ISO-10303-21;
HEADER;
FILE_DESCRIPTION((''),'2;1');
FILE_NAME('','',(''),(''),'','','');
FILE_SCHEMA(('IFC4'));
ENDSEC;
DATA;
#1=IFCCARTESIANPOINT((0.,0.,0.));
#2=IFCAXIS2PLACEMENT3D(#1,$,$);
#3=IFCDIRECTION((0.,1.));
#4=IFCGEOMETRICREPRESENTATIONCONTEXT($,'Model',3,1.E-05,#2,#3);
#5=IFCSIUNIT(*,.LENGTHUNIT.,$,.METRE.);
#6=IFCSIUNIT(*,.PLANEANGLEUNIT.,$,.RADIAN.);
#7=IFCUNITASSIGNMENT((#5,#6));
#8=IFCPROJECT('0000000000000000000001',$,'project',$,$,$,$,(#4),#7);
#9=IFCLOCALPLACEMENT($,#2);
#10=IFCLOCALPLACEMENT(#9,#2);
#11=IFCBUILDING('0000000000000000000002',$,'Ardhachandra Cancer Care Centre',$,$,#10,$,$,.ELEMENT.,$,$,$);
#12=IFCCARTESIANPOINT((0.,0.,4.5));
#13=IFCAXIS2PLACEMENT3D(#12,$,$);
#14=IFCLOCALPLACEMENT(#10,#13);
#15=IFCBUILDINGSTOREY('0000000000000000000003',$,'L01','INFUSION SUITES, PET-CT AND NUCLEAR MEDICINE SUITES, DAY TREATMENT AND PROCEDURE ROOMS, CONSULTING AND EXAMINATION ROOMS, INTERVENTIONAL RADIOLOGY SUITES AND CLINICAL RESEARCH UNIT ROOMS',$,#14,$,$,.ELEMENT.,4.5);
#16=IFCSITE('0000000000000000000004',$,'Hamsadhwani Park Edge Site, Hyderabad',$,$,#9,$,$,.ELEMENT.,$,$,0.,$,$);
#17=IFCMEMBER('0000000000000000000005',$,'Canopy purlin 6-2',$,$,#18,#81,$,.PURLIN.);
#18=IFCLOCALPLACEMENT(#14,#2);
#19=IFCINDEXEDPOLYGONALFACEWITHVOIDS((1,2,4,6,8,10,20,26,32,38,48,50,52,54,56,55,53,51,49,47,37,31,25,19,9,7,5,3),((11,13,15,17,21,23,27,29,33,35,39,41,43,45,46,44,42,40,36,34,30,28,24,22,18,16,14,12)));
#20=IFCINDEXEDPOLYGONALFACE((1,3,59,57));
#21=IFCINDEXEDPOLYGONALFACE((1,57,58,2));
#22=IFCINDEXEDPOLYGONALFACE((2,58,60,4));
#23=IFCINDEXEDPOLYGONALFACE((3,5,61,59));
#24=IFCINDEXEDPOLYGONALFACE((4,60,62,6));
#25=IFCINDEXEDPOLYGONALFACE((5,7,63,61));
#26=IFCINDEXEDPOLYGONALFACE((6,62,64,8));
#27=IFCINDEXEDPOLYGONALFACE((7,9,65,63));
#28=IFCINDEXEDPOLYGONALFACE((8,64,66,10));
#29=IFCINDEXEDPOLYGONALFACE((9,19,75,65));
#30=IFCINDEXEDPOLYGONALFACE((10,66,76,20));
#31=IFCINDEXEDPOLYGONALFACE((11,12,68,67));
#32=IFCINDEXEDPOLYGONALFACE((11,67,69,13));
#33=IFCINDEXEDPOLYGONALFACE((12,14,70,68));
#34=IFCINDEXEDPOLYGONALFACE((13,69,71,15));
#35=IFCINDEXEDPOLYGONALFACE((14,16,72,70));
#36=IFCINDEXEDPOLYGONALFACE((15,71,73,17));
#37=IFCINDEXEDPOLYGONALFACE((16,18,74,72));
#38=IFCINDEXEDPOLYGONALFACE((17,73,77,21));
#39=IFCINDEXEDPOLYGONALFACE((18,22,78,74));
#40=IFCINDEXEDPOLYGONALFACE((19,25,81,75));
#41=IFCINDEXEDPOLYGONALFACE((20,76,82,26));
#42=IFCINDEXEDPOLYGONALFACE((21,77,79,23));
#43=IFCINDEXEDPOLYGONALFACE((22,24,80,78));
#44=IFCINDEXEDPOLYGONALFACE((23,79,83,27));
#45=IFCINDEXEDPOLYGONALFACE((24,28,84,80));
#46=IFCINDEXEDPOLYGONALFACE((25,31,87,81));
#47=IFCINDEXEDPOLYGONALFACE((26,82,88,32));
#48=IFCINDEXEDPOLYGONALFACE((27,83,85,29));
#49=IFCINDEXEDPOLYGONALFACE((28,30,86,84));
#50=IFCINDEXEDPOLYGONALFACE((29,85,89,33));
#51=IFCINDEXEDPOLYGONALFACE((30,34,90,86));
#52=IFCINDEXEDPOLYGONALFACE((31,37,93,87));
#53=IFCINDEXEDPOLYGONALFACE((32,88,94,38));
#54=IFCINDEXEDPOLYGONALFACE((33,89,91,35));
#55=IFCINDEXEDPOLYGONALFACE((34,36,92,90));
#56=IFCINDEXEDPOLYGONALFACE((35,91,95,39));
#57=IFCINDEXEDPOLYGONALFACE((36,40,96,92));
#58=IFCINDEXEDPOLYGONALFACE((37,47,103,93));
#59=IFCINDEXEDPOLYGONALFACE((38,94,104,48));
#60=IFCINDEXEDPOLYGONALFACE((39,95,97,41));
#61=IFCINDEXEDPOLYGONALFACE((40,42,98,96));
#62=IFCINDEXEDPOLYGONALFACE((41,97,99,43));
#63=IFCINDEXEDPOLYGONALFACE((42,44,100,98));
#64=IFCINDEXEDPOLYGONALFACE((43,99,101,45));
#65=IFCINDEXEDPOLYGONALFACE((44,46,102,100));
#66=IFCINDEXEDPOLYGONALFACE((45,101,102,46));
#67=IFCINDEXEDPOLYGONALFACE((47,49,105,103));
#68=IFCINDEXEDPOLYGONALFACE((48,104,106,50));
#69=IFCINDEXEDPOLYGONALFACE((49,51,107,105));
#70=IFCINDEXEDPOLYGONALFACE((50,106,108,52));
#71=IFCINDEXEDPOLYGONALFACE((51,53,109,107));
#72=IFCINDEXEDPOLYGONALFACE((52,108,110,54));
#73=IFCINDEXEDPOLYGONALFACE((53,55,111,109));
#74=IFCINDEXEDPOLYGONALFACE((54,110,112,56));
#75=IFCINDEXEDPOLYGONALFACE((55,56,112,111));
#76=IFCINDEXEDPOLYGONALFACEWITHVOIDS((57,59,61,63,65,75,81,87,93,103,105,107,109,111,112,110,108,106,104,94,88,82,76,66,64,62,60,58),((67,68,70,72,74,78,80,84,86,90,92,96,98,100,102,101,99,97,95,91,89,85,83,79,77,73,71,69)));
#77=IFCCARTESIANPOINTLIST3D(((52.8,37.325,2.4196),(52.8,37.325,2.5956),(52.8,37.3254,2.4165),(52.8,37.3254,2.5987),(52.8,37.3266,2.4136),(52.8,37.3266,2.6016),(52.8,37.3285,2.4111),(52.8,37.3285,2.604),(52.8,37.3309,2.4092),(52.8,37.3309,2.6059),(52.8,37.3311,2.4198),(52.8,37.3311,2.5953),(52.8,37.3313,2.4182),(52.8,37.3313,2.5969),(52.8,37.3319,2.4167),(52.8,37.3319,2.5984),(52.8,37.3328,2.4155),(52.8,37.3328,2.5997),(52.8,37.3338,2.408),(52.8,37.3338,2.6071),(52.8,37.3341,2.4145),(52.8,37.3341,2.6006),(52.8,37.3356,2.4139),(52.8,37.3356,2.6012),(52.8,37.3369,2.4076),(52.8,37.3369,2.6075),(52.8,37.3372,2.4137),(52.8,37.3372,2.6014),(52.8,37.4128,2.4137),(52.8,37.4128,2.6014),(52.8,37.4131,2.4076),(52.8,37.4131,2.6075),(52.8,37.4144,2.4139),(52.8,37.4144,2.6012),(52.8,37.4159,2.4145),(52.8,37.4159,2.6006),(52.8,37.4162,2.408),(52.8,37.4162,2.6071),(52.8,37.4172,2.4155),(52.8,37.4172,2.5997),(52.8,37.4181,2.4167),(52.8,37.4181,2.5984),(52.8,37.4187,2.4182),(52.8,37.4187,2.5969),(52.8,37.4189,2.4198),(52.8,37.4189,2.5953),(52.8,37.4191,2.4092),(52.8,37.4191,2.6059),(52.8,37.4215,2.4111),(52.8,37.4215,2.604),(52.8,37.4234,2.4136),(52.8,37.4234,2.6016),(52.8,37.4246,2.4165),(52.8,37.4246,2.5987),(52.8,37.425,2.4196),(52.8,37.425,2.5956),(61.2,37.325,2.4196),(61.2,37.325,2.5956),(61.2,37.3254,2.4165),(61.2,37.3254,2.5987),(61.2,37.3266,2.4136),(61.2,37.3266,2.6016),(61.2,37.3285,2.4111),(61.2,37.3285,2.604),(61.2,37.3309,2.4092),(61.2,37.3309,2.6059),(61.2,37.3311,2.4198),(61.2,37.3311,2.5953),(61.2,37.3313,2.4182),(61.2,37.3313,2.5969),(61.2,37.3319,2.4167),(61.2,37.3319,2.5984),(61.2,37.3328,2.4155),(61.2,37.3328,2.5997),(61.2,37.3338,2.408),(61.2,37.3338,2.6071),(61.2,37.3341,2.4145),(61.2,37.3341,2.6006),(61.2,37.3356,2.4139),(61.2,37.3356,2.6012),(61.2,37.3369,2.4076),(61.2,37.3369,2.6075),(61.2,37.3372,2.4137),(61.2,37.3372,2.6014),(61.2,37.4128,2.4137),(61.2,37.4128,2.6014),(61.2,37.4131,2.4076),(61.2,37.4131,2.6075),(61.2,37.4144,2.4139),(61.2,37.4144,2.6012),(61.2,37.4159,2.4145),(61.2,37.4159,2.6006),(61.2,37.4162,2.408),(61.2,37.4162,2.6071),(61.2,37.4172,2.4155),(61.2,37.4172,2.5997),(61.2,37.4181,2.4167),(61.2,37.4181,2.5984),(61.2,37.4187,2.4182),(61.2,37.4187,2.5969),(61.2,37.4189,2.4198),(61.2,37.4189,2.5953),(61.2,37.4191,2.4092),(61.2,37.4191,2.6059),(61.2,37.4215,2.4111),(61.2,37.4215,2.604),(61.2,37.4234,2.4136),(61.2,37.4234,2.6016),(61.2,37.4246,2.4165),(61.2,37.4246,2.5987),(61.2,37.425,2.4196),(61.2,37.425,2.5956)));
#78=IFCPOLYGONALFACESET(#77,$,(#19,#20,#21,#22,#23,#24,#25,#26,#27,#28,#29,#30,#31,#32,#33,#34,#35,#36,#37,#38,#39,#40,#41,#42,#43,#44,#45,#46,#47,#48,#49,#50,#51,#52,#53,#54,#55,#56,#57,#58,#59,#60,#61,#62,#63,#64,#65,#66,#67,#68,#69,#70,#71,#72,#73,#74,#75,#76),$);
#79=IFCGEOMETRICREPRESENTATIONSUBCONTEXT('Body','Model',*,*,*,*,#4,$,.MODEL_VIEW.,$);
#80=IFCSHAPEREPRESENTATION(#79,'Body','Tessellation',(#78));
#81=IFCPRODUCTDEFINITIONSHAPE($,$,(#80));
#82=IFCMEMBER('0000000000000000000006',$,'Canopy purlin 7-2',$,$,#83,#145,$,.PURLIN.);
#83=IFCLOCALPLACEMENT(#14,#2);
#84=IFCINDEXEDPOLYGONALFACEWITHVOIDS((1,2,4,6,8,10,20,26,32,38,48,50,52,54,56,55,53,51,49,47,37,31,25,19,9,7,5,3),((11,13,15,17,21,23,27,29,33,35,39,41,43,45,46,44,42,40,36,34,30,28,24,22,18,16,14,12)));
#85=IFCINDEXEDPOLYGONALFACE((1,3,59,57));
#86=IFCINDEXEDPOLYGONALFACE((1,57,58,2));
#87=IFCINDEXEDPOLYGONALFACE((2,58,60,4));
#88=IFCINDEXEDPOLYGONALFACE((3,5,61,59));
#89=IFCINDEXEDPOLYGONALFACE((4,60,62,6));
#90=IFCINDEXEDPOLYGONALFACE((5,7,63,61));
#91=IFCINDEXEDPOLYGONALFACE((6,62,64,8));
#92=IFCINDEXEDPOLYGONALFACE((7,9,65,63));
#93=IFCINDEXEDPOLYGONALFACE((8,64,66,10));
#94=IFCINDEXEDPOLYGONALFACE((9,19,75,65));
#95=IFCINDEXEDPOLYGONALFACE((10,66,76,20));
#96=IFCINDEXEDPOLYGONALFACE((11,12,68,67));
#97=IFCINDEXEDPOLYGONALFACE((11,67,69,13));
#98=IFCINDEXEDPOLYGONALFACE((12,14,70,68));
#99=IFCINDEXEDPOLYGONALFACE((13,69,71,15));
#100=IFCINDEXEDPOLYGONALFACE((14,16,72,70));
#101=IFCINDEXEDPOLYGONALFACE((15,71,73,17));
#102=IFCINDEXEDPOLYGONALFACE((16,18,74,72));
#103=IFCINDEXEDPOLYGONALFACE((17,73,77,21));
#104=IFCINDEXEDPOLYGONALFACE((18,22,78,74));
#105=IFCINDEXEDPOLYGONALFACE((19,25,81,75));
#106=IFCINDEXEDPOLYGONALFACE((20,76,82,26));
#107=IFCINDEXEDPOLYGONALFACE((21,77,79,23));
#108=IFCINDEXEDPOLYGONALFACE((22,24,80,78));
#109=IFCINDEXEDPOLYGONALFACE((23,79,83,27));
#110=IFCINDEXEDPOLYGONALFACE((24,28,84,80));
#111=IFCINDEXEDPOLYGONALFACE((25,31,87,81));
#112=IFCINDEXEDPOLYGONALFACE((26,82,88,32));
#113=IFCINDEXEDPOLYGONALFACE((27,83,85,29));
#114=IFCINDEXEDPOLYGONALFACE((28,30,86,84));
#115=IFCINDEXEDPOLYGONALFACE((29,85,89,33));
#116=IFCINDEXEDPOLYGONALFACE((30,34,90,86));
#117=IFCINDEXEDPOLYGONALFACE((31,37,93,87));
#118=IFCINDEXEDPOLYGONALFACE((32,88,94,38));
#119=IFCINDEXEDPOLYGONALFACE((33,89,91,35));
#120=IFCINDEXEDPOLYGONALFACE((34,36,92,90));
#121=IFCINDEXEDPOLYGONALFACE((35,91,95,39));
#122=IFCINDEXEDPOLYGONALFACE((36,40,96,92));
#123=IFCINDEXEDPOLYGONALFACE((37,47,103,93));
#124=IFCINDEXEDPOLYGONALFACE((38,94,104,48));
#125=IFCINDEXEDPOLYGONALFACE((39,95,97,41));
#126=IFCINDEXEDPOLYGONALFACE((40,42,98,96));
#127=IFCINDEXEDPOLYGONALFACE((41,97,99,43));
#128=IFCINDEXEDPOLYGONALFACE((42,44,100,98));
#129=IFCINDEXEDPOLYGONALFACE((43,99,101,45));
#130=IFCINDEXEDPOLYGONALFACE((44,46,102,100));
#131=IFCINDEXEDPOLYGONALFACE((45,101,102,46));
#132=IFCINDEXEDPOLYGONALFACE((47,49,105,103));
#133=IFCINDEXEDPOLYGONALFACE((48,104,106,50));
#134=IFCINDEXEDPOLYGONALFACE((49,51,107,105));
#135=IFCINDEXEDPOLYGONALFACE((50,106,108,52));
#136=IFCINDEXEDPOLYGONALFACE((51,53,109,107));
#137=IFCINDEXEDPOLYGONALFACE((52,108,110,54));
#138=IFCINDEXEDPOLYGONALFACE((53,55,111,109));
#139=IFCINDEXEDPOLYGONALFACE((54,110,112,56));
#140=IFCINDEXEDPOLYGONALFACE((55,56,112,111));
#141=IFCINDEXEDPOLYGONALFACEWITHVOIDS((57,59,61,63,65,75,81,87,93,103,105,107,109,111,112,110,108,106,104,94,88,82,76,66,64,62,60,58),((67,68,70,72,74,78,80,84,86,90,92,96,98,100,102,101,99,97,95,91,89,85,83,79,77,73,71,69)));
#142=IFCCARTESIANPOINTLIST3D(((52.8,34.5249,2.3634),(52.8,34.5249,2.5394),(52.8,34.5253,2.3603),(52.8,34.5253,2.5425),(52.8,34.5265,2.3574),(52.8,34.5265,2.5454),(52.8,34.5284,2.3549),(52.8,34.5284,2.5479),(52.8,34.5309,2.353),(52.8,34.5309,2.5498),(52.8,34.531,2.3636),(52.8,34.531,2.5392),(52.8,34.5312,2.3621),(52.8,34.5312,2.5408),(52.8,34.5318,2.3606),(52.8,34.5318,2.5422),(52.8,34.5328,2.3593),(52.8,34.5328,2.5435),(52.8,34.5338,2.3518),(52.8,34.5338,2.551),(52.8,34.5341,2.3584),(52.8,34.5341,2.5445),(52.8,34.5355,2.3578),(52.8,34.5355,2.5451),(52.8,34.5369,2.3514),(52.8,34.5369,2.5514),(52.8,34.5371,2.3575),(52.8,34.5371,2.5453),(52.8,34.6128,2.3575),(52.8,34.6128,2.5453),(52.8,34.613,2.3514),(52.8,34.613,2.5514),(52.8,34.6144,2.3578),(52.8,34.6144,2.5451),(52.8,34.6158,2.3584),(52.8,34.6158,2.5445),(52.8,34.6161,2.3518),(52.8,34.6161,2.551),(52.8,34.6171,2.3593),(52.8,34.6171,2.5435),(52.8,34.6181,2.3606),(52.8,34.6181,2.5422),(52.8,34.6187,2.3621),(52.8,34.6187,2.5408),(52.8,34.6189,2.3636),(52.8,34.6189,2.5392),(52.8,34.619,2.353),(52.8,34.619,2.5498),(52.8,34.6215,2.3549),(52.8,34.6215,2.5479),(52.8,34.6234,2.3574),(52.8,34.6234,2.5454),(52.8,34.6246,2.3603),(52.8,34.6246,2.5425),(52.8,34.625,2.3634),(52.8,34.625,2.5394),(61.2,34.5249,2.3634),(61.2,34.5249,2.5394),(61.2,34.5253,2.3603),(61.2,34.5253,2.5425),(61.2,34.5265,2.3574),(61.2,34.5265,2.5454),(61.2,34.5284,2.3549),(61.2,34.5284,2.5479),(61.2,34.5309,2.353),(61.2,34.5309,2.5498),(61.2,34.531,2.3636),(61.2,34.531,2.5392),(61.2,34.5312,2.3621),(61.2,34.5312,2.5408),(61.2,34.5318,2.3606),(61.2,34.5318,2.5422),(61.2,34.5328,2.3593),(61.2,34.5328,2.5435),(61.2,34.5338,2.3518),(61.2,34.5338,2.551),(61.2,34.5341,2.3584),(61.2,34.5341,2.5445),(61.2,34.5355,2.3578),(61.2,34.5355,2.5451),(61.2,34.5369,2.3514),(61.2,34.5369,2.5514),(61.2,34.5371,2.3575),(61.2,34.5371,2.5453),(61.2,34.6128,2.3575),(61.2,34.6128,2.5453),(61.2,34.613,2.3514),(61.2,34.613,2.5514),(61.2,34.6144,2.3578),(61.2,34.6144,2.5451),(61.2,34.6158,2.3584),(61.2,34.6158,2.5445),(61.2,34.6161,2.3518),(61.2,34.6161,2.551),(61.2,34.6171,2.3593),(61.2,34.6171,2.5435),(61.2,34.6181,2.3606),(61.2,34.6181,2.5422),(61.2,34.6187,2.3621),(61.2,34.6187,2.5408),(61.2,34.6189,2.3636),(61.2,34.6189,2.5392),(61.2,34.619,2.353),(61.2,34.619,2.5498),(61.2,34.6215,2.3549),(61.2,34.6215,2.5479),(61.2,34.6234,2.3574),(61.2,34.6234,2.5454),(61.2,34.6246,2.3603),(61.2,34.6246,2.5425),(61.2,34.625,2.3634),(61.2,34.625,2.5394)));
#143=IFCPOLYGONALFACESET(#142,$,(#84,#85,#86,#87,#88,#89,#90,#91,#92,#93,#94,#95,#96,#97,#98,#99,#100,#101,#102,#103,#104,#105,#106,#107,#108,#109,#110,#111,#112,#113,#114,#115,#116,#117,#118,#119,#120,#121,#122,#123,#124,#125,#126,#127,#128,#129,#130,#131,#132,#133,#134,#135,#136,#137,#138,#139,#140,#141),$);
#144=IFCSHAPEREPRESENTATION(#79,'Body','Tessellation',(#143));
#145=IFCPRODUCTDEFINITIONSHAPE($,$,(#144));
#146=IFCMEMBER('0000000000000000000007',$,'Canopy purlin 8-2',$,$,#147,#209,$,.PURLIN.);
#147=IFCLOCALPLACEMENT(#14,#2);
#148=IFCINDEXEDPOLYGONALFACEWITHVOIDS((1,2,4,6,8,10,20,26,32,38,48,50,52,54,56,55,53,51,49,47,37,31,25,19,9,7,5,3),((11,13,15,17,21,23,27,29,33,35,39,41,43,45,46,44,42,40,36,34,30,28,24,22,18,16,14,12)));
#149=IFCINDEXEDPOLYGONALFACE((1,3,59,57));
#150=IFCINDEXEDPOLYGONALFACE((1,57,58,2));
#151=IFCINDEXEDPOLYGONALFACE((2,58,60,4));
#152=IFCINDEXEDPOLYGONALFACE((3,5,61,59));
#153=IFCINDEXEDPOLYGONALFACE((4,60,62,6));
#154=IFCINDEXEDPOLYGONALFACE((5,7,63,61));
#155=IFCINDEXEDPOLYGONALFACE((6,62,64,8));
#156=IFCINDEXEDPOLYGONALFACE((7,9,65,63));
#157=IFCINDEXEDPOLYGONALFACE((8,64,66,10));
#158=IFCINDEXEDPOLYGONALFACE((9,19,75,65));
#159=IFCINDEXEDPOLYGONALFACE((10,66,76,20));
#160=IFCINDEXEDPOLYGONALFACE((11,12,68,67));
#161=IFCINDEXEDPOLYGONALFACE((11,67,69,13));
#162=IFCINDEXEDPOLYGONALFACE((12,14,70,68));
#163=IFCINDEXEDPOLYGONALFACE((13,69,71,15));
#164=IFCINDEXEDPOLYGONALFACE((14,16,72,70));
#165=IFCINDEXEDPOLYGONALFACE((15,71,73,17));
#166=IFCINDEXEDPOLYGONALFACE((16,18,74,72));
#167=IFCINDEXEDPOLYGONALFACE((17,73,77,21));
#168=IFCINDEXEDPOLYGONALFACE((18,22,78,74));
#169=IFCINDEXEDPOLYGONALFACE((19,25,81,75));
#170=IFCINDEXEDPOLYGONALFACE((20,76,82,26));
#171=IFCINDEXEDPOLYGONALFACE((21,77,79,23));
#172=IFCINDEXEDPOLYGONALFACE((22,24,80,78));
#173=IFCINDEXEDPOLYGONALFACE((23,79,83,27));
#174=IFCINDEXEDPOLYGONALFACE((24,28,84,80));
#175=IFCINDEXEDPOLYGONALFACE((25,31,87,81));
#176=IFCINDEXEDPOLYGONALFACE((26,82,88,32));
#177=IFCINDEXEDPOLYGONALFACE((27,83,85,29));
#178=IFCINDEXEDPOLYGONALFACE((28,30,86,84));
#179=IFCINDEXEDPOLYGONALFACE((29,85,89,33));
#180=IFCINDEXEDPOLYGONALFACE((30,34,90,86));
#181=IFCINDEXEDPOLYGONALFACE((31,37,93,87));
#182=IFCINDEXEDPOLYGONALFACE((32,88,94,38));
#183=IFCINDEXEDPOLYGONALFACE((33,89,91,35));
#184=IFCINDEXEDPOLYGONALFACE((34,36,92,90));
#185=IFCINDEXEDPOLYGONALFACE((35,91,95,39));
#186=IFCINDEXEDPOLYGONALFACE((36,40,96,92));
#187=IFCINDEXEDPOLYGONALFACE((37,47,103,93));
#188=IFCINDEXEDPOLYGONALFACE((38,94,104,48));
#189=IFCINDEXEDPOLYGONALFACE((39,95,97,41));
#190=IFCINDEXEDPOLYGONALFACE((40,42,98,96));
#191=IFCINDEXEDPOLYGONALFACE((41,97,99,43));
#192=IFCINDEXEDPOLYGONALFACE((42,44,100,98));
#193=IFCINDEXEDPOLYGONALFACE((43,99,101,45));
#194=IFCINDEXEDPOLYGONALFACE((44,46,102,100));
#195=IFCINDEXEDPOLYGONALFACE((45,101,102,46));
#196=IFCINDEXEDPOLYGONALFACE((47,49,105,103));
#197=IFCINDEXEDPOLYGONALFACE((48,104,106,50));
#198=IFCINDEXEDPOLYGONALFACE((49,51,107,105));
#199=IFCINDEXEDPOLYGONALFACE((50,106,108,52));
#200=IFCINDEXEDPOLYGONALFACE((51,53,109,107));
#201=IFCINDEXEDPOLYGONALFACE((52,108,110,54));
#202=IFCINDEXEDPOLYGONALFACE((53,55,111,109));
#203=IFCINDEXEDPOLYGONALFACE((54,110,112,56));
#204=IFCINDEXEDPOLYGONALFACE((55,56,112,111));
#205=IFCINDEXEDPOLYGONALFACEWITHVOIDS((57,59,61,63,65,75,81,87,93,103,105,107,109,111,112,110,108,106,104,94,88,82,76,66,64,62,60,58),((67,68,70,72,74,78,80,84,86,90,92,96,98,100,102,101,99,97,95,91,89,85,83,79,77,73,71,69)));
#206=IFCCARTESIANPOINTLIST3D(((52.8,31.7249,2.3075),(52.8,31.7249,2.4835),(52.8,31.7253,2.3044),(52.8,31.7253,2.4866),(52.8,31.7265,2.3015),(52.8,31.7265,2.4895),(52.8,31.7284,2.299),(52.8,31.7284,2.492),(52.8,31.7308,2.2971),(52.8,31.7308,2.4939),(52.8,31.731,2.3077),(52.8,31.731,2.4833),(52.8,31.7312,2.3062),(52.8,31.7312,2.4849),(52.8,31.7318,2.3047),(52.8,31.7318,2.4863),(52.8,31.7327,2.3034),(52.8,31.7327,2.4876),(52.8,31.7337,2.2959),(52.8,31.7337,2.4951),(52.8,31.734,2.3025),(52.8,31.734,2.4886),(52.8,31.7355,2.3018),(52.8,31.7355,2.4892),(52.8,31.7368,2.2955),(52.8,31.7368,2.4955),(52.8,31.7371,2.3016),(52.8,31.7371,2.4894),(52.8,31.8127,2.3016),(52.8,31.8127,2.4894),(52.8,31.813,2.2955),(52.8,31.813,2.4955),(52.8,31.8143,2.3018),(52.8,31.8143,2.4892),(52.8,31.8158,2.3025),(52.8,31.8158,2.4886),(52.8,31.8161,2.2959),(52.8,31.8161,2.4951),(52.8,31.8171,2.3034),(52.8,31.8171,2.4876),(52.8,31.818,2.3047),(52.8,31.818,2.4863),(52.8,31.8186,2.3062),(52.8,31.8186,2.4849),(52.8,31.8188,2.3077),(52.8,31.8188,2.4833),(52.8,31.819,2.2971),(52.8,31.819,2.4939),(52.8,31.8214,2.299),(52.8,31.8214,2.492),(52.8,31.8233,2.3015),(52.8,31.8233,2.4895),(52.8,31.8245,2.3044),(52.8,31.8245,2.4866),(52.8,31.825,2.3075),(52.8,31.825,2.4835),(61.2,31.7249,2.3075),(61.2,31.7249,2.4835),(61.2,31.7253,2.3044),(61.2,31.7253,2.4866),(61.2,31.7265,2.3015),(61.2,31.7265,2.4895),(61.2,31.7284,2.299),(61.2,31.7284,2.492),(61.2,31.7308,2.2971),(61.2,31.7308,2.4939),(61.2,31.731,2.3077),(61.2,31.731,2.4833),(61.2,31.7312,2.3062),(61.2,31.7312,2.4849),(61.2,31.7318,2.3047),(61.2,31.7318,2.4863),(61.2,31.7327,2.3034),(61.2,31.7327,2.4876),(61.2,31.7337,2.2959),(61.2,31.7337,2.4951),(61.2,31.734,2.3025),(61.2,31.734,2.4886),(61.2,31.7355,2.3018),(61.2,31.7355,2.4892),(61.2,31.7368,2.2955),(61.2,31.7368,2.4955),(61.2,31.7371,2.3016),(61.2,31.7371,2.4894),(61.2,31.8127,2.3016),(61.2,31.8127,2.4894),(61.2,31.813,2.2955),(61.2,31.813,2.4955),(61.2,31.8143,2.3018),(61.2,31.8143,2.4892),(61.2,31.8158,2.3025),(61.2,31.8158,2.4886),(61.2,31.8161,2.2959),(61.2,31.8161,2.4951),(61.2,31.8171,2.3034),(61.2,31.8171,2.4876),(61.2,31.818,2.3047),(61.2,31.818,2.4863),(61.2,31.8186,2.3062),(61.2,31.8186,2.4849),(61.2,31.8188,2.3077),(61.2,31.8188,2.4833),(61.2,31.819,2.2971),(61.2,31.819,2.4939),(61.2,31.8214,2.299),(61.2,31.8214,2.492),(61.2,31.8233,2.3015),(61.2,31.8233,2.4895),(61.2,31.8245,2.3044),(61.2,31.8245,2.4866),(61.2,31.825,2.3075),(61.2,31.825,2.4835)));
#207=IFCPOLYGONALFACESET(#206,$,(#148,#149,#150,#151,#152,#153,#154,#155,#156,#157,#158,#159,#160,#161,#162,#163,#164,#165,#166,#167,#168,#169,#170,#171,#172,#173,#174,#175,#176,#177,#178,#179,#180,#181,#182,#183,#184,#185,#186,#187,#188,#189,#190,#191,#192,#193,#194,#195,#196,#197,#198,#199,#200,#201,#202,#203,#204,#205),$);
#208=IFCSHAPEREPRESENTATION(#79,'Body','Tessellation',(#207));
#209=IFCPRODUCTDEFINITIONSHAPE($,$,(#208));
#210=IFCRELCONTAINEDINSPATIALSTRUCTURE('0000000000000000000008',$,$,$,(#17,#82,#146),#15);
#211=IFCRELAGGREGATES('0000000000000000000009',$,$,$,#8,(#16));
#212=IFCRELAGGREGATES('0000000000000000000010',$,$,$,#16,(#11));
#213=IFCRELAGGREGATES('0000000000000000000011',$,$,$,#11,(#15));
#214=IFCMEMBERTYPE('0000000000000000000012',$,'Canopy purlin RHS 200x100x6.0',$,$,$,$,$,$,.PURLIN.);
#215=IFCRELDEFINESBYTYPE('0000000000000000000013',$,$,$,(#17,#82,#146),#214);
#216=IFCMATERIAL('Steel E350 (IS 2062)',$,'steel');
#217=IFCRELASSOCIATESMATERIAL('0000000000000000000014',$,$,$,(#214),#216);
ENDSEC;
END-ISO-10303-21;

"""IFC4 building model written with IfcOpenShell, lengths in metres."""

from ifc_helpers import new_model, si_unit, direction, frame, origin, origin_2d, place, context, subcontext, project, spatial, hollow_rectangle, extrude, material, material_profile, profile_set, type_object, element, save


model = new_model("IFC4")

# Units and contexts
model_context = context("Model", 3, precision=1e-05, world=origin(), true_north=direction((0.0, 1.0)))
body_context = subcontext(model_context, "Body", "Model", "MODEL_VIEW")
ifc_project = project(units=[si_unit("LENGTHUNIT", "METRE"), si_unit("PLANEANGLEUNIT", "RADIAN")], contexts=[model_context])

# Site, building, storey
site_placement = place(None, origin())
site = spatial("IfcSite", under=ifc_project, at=site_placement, Name="Hamsadhwani Park Edge Site, Hyderabad", CompositionType="ELEMENT", RefElevation=0.0)
building_placement = place(site_placement, origin())
building = spatial("IfcBuilding", under=site, at=building_placement, Name="Ardhachandra Cancer Care Centre", CompositionType="ELEMENT")
storey_placement = place(building_placement, frame((0.0, 0.0, 4.5)))
storey = spatial("IfcBuildingStorey", under=building, at=storey_placement, Name="L01", Description="INFUSION SUITES, PET-CT AND NUCLEAR MEDICINE SUITES, DAY TREATMENT AND PROCEDURE ROOMS, CONSULTING AND EXAMINATION ROOMS, INTERVENTIONAL RADIOLOGY SUITES AND CLINICAL RESEARCH UNIT ROOMS", CompositionType="ELEMENT", Elevation=4.5)

# Members
ifc_material_1 = material(Name="Steel E350 (IS 2062)", Category="steel")
ifc_material_profile_1 = material_profile(ifc_material_1, hollow_rectangle(XDim=0.1001, YDim=0.2, WallThickness=0.0061, InnerFilletRadius=0.0061, OuterFilletRadius=0.012, at=origin_2d()), Name="RHS 200x100x6.0")
ifc_profile_set_1 = profile_set([ifc_material_profile_1], Name="Steel E350 (IS 2062)")
member_type_1 = type_object("IfcMemberType", Name="Canopy purlin RHS 200x100x6.0", PredefinedType="PURLIN", material=ifc_profile_set_1)
for number, where, z_axis, x_axis, name in (
    (1, (52.8, 37.375, 2.5076), (1.0, 0.0, 0.0), (0.0, 1.0, 0.0), "Canopy purlin 6-2"),
    (2, (52.8, 34.575, 2.4514), (1.0, 0.0, 0.0), (0.0, 1.0, 0.0), "Canopy purlin 7-2"),
    (3, (52.8, 31.7749, 2.3955), (1.0, 0.0, 0.0), (0.0, 1.0, 0.0), "Canopy purlin 8-2"),
):
    element("IfcMember", number, at=place(storey_placement, frame(where, z_axis=z_axis, x_axis=x_axis)), inside=storey, type_object=member_type_1, Name=name, PredefinedType="PURLIN", context=body_context, shape_type="SweptSolid", body=[
        extrude(hollow_rectangle(XDim=0.1001, YDim=0.2, WallThickness=0.0061, InnerFilletRadius=0.0061, OuterFilletRadius=0.012, at=origin_2d()), origin(), (0.0, 0.0, 1.0), 8.3999),
    ])

save(model, "model.ifc")
